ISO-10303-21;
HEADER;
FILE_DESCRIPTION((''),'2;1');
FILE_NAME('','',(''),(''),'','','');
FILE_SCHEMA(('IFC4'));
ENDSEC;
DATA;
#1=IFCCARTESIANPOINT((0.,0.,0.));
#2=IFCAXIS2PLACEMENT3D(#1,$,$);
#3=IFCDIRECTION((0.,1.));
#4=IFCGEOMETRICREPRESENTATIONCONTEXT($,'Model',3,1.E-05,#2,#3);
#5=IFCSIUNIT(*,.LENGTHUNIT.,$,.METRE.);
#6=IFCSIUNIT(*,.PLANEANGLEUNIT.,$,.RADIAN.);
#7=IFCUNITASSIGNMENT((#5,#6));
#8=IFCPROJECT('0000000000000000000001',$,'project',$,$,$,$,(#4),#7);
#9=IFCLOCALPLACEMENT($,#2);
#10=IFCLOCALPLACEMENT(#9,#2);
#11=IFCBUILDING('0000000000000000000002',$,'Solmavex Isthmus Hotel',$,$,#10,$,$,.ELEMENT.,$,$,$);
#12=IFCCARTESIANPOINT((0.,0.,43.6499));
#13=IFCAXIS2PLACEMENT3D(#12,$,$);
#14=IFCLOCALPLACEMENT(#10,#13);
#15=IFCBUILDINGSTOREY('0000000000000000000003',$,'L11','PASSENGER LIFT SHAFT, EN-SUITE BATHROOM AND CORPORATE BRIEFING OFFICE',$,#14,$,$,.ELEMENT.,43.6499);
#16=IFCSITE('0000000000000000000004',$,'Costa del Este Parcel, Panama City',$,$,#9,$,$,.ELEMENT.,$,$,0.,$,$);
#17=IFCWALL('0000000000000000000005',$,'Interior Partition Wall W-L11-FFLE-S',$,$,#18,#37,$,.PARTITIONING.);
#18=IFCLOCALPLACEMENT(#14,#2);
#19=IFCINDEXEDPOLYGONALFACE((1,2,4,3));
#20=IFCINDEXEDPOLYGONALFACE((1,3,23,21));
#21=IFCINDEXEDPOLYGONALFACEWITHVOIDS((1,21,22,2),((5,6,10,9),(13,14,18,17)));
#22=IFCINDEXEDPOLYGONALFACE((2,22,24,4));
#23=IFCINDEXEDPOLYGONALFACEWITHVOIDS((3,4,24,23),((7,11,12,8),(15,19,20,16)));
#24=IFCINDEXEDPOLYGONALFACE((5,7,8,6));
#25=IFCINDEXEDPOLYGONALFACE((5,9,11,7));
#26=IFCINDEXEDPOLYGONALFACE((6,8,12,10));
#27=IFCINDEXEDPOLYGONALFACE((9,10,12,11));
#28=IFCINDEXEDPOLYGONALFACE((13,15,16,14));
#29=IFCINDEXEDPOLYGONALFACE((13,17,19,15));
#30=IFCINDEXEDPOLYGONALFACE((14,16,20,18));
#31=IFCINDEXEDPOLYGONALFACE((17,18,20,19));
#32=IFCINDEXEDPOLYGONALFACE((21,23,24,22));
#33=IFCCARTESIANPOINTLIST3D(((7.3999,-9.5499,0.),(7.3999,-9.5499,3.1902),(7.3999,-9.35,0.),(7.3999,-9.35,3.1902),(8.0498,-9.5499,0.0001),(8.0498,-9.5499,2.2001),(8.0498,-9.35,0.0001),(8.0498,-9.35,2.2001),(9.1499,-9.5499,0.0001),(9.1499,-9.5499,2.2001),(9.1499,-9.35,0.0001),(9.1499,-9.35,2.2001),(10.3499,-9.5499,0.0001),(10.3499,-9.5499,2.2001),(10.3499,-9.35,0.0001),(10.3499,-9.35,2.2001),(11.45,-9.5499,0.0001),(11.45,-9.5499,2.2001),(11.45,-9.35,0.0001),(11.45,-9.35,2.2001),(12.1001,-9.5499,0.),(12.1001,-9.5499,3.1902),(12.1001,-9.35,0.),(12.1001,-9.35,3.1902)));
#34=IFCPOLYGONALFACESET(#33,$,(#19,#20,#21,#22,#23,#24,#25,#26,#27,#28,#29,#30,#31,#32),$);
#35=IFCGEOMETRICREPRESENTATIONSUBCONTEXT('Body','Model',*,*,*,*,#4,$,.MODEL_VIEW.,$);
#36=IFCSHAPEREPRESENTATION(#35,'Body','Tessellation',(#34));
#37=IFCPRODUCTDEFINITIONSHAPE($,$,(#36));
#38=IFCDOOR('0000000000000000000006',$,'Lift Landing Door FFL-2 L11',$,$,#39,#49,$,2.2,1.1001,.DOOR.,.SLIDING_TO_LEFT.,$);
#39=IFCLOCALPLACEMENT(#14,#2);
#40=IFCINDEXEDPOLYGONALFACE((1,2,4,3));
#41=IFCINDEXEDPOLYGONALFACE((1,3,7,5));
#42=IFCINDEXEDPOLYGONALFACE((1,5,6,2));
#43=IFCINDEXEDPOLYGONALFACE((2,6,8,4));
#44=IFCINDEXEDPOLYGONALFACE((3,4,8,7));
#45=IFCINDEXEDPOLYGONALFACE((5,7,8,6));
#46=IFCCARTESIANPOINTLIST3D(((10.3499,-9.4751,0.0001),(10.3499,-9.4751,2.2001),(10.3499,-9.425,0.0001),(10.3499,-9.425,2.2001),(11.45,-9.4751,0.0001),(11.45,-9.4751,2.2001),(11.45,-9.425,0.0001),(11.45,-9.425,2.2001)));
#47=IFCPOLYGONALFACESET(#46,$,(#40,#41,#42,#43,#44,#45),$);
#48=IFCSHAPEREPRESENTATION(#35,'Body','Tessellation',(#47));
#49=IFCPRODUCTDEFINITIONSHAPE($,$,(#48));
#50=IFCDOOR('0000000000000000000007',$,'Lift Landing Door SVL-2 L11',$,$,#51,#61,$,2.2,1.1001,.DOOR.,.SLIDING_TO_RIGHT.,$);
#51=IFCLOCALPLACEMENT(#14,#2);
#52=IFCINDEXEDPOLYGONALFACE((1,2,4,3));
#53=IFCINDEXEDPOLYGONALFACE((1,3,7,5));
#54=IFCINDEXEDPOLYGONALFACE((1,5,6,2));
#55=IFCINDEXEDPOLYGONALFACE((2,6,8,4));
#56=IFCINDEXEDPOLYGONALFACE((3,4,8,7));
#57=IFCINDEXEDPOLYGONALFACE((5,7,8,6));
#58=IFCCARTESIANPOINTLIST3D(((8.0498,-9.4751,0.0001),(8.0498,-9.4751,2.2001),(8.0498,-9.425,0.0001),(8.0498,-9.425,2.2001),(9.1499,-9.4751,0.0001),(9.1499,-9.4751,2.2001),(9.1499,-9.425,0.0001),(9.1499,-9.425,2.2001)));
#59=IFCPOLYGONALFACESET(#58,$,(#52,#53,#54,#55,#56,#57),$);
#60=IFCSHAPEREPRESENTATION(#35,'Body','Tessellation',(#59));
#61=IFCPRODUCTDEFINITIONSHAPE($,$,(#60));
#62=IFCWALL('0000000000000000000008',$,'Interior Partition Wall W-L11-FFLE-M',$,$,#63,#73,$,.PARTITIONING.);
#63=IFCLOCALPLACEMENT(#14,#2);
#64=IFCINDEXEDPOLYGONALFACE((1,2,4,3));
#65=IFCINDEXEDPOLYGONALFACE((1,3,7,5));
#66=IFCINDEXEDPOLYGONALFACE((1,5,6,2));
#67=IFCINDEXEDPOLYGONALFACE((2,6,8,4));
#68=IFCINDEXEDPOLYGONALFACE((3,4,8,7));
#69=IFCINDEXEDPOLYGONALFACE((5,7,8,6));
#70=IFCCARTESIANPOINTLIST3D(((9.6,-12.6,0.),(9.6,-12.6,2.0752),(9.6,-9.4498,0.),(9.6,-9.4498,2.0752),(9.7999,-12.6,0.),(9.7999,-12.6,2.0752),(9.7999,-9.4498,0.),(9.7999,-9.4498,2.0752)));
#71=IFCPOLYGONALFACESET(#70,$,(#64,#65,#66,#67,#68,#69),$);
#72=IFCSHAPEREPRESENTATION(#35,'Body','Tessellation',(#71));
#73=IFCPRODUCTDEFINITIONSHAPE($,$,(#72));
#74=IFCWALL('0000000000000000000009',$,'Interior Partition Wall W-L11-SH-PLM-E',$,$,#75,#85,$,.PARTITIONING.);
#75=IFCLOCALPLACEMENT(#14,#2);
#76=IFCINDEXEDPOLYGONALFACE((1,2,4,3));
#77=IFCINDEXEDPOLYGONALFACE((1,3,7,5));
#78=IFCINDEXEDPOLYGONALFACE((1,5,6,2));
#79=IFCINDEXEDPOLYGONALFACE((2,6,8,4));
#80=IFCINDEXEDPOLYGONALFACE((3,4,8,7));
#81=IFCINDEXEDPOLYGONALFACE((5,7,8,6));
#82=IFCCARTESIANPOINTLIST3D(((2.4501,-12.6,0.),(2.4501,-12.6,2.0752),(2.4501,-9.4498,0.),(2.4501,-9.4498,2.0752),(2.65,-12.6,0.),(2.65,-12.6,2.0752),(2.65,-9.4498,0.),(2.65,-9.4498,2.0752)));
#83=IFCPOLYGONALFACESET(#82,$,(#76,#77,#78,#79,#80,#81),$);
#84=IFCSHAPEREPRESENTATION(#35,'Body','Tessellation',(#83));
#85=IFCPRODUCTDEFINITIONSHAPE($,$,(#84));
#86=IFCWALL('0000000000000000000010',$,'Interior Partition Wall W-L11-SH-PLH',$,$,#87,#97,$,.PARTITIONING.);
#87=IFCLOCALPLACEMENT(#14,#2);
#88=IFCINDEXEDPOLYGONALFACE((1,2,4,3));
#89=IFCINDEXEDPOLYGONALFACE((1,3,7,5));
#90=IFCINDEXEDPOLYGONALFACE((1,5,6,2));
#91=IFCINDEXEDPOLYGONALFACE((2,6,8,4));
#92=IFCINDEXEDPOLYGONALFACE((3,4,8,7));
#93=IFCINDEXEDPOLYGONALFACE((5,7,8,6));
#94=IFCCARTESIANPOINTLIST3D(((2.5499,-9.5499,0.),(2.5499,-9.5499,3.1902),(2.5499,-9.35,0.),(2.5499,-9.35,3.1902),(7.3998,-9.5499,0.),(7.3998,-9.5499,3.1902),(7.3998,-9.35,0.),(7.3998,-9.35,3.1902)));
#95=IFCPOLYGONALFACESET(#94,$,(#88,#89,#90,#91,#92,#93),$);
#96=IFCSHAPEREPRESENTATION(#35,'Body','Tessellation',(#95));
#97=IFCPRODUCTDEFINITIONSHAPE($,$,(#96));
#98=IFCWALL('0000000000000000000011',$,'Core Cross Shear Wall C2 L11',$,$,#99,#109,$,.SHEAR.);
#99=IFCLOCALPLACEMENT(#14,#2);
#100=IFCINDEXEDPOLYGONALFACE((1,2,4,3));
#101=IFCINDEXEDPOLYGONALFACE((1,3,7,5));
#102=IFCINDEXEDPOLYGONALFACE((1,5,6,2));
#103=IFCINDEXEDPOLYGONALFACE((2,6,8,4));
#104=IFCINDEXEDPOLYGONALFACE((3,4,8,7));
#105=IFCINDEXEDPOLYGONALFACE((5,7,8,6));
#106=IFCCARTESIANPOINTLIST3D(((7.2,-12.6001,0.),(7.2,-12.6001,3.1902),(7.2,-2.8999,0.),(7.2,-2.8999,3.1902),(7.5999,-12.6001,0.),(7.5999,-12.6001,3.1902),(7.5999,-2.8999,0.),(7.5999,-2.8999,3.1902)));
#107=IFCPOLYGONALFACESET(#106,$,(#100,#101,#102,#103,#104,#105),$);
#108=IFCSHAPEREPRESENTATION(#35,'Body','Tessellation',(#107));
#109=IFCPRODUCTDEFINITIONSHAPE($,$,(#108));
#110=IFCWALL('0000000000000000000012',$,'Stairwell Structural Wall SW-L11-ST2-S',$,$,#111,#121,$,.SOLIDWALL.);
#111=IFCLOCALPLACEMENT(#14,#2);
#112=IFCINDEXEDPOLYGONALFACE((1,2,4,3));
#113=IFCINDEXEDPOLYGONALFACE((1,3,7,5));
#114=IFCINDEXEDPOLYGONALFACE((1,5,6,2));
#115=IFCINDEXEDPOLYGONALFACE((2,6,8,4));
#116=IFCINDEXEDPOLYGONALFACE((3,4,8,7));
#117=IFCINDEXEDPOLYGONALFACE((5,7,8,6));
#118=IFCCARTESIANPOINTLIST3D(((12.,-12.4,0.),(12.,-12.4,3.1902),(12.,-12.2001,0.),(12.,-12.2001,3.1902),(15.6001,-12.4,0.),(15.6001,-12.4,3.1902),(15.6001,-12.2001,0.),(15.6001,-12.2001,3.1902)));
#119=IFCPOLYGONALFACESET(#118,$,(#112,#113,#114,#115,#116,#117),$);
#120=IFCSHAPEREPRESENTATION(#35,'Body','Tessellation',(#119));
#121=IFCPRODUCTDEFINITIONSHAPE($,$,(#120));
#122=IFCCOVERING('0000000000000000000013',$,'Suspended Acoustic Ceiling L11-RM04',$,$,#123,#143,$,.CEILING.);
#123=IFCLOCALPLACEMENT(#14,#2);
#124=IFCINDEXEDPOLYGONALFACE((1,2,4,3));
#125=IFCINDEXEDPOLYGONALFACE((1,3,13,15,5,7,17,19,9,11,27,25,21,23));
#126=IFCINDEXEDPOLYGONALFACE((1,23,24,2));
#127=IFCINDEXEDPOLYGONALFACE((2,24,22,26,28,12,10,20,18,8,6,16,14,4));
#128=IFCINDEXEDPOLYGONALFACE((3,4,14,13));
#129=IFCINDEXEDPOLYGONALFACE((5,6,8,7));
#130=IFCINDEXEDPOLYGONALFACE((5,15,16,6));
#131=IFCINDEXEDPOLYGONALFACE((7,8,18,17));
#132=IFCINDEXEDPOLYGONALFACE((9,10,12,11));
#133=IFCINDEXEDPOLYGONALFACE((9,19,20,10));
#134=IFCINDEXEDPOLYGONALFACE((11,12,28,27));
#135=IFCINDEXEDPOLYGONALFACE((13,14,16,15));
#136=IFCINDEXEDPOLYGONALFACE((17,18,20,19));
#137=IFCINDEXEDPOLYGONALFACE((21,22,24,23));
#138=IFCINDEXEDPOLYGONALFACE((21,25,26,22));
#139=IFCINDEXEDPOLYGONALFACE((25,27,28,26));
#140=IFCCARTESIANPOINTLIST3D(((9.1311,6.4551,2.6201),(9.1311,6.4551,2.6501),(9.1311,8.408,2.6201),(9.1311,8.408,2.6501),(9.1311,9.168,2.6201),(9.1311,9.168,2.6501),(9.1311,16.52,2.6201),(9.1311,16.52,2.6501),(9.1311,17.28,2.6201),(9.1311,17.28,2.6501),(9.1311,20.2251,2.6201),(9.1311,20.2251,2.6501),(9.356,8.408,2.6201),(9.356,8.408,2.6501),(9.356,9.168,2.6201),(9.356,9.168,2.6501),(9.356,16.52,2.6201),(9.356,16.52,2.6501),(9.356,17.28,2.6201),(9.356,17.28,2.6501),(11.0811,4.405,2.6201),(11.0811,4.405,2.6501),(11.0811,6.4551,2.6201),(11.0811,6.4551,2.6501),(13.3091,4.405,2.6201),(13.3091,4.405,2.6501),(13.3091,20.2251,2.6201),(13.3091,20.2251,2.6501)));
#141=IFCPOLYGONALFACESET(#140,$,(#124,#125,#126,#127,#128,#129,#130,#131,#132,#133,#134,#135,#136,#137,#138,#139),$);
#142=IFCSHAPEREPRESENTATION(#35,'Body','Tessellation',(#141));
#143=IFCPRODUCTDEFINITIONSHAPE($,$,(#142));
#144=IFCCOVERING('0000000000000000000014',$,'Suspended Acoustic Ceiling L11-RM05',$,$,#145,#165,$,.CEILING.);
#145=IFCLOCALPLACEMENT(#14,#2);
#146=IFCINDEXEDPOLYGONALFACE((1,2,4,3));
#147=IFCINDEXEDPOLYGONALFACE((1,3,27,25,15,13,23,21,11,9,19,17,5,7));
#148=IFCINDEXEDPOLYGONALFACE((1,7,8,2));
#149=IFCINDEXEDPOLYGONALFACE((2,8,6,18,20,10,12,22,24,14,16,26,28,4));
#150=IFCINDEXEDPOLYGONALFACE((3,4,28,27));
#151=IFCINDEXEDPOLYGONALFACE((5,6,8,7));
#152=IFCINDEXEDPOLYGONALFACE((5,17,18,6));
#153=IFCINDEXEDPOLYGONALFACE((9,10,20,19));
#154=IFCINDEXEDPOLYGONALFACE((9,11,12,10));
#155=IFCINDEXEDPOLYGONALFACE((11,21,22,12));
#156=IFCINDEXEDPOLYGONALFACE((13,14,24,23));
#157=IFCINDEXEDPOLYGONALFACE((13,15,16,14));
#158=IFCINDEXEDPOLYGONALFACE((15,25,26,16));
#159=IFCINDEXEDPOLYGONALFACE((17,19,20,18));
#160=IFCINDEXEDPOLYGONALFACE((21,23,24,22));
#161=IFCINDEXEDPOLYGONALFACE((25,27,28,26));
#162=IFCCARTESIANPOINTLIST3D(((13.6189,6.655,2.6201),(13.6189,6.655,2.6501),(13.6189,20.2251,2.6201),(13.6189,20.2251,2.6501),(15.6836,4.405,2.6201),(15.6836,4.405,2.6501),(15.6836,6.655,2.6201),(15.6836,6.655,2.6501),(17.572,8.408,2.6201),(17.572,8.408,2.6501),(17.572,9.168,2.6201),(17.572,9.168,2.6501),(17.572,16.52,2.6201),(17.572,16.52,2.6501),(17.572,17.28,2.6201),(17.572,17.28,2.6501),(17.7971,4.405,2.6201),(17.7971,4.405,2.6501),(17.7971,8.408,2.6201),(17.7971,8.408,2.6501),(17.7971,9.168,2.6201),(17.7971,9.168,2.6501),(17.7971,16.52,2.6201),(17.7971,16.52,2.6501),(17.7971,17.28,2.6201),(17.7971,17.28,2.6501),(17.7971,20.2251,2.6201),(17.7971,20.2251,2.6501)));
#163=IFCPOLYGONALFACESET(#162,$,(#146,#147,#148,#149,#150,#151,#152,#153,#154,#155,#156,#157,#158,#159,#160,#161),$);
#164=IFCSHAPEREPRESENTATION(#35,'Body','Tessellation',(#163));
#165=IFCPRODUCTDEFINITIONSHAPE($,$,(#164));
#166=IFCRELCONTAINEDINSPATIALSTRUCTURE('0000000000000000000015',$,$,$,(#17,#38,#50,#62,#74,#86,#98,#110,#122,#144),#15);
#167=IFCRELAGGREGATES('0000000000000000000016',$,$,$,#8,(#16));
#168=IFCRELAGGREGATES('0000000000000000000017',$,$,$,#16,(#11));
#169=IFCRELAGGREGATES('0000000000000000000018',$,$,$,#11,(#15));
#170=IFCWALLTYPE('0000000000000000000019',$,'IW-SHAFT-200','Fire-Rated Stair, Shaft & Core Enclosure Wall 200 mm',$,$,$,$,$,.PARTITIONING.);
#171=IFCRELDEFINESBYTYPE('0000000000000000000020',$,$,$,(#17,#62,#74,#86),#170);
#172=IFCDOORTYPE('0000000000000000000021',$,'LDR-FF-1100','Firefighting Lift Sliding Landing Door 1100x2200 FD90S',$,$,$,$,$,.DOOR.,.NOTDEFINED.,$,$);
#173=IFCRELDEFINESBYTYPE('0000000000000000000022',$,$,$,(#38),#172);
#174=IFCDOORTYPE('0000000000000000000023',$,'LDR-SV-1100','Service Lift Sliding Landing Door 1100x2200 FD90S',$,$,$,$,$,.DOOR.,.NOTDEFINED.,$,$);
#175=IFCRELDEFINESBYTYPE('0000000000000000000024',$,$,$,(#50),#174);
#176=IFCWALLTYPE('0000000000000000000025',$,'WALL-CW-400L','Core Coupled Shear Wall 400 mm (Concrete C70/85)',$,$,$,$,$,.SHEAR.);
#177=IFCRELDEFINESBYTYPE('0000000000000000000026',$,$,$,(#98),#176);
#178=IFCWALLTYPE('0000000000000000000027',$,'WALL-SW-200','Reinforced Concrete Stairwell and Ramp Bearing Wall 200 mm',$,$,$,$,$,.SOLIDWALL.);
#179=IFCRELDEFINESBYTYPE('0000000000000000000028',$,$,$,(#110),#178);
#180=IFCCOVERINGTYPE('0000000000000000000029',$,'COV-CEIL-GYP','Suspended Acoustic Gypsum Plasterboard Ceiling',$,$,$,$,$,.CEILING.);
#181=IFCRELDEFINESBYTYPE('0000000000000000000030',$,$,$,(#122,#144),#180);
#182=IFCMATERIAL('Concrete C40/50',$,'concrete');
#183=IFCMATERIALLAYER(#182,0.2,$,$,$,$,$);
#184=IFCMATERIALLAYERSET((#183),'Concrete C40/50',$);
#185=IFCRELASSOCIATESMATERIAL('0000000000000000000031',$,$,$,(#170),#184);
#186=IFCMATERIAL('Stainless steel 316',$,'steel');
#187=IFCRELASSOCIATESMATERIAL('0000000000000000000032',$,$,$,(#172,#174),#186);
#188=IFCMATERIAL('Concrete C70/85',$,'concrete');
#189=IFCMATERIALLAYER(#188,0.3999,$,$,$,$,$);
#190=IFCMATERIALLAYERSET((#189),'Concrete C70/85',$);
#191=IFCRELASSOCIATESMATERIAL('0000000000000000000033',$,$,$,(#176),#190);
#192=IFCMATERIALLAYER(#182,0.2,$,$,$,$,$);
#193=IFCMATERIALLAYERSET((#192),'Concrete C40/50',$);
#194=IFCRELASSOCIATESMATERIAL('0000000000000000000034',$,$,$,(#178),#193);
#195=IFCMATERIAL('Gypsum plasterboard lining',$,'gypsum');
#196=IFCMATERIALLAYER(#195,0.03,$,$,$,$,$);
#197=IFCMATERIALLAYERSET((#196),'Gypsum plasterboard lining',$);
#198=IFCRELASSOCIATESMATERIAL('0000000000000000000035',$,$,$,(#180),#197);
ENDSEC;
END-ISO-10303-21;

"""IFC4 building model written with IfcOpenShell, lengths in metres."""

from ifc_helpers import new_model, si_unit, direction, frame, frame_2d, origin, place, context, subcontext, project, spatial, polyline, rectangle, outline, extrude, material, layer, layer_set, type_object, element, fill, save


model = new_model("IFC4")

# Units and contexts
model_context = context("Model", 3, precision=1e-05, world=origin(), true_north=direction((0.0, 1.0)))
body_context = subcontext(model_context, "Body", "Model", "MODEL_VIEW")
ifc_project = project(units=[si_unit("LENGTHUNIT", "METRE"), si_unit("PLANEANGLEUNIT", "RADIAN")], contexts=[model_context])

# Site, building, storey
site_placement = place(None, origin())
site = spatial("IfcSite", under=ifc_project, at=site_placement, Name="Costa del Este Parcel, Panama City", CompositionType="ELEMENT", RefElevation=0.0)
building_placement = place(site_placement, origin())
building = spatial("IfcBuilding", under=site, at=building_placement, Name="Solmavex Isthmus Hotel", CompositionType="ELEMENT")
storey_placement = place(building_placement, frame((0.0, 0.0, 43.6499)))
storey = spatial("IfcBuildingStorey", under=building, at=storey_placement, Name="L11", Description="PASSENGER LIFT SHAFT, EN-SUITE BATHROOM AND CORPORATE BRIEFING OFFICE", CompositionType="ELEMENT", Elevation=43.6499)

# Shared definitions
ifc_material_1 = material(Name="Concrete C70/85", Category="concrete")

# Shared definitions
ifc_material_2 = material(Name="Gypsum plasterboard lining", Category="gypsum")

# Shared definitions
ifc_material_3 = material(Name="Concrete C40/50", Category="concrete")

# Wall, openings, doors
ifc_layer_1 = layer(ifc_material_3, 0.2)
ifc_layer_set_1 = layer_set([ifc_layer_1], Name="Concrete C40/50")
wall_type_1 = type_object("IfcWallType", Name="IW-SHAFT-200", Description="Fire-Rated Stair, Shaft & Core Enclosure Wall 200 mm", PredefinedType="PARTITIONING", material=ifc_layer_set_1)
wall_1_placement = place(storey_placement, frame((7.3999, -9.45, 0.0), z_axis=(0.0, 0.0, 1.0), x_axis=(1.0, 0.0, 0.0)))
wall_1 = element("IfcWall", 1, at=wall_1_placement, inside=storey, type_object=wall_type_1, Name="Interior Partition Wall W-L11-FFLE-S", PredefinedType="PARTITIONING", context=body_context, shape_type="SweptSolid", body=[
    extrude(rectangle(XDim=4.7002, YDim=0.2, at=frame_2d((2.3501, 0.0))), origin(), (0.0, 0.0, 1.0), 3.1902),
])
opening_1_placement = place(wall_1_placement, frame((2.95, 0.0, 0.0)))
opening_1 = element("IfcOpeningElement", 2, at=opening_1_placement, cuts=wall_1, PredefinedType="OPENING", context=body_context, shape_type="SweptSolid", body=[
    extrude(rectangle(XDim=1.1001, YDim=2.2, at=frame_2d((0.55, 1.1001))), frame((0.0, 0.1099, 0.0), z_axis=(0.0, -1.0, 0.0), x_axis=(1.0, 0.0, 0.0)), (0.0, 0.0, 1.0), 0.22),
])
opening_2_placement = place(wall_1_placement, frame((0.6499, 0.0, 0.0)))
opening_2 = element("IfcOpeningElement", 3, at=opening_2_placement, cuts=wall_1, PredefinedType="OPENING", context=body_context, shape_type="SweptSolid", body=[
    extrude(rectangle(XDim=1.1001, YDim=2.2, at=frame_2d((0.55, 1.1001))), frame((0.0, 0.1099, 0.0), z_axis=(0.0, -1.0, 0.0), x_axis=(1.0, 0.0, 0.0)), (0.0, 0.0, 1.0), 0.22),
])
ifc_material_4 = material(Name="Stainless steel 316", Category="steel")
door_type_1 = type_object("IfcDoorType", Name="LDR-FF-1100", Description="Firefighting Lift Sliding Landing Door 1100x2200 FD90S", OperationType="NOTDEFINED", PredefinedType="DOOR", material=ifc_material_4)
door_1_placement = place(opening_1_placement, origin())
door_1 = element("IfcDoor", 4, at=door_1_placement, inside=storey, type_object=door_type_1, Name="Lift Landing Door FFL-2 L11", OperationType="SLIDING_TO_LEFT", OverallHeight=2.2, OverallWidth=1.1001, PredefinedType="DOOR", context=body_context, shape_type="SweptSolid", body=[
    extrude(rectangle(XDim=1.1001, YDim=2.2, at=frame_2d((0.55, 1.1001))), frame((0.0, 0.0249, 0.0), z_axis=(0.0, -1.0, 0.0), x_axis=(1.0, 0.0, 0.0)), (0.0, 0.0, 1.0), 0.05),
])
fill(opening_1, door_1)
door_type_2 = type_object("IfcDoorType", Name="LDR-SV-1100", Description="Service Lift Sliding Landing Door 1100x2200 FD90S", OperationType="NOTDEFINED", PredefinedType="DOOR", material=ifc_material_4)
door_2_placement = place(opening_2_placement, origin())
door_2 = element("IfcDoor", 5, at=door_2_placement, inside=storey, type_object=door_type_2, Name="Lift Landing Door SVL-2 L11", OperationType="SLIDING_TO_RIGHT", OverallHeight=2.2, OverallWidth=1.1001, PredefinedType="DOOR", context=body_context, shape_type="SweptSolid", body=[
    extrude(rectangle(XDim=1.1001, YDim=2.2, at=frame_2d((0.55, 1.1001))), frame((0.0, 0.0249, 0.0), z_axis=(0.0, -1.0, 0.0), x_axis=(1.0, 0.0, 0.0)), (0.0, 0.0, 1.0), 0.05),
])
fill(opening_2, door_2)

# Walls
for number, where, z_axis, x_axis, name in (
    (6, (9.7, -12.6001, 0.0), (0.0, 0.0, 1.0), (0.0, 1.0, 0.0), "Interior Partition Wall W-L11-FFLE-M"),
    (7, (2.55, -12.6001, 0.0), (0.0, 0.0, 1.0), (0.0, 1.0, 0.0), "Interior Partition Wall W-L11-SH-PLM-E"),
):
    element("IfcWall", number, at=place(storey_placement, frame(where, z_axis=z_axis, x_axis=x_axis)), inside=storey, type_object=wall_type_1, Name=name, PredefinedType="PARTITIONING", context=body_context, shape_type="SweptSolid", body=[
        extrude(rectangle(XDim=3.1501, YDim=0.2, at=frame_2d((1.5752, 0.0))), origin(), (0.0, 0.0, 1.0), 2.0752),
    ])
wall_2_placement = place(storey_placement, frame((2.55, -9.45, 0.0), z_axis=(0.0, 0.0, 1.0), x_axis=(1.0, 0.0, 0.0)))
element("IfcWall", 8, at=wall_2_placement, inside=storey, type_object=wall_type_1, Name="Interior Partition Wall W-L11-SH-PLH", PredefinedType="PARTITIONING", context=body_context, shape_type="SweptSolid", body=[
    extrude(rectangle(XDim=4.8499, YDim=0.2, at=frame_2d((2.4248, 0.0))), origin(), (0.0, 0.0, 1.0), 3.1902),
])
ifc_layer_2 = layer(ifc_material_1, 0.3999)
ifc_layer_set_2 = layer_set([ifc_layer_2], Name="Concrete C70/85")
wall_type_2 = type_object("IfcWallType", Name="WALL-CW-400L", Description="Core Coupled Shear Wall 400 mm (Concrete C70/85)", PredefinedType="SHEAR", material=ifc_layer_set_2)
wall_3_placement = place(storey_placement, frame((7.3999, -12.6001, 0.0), z_axis=(0.0, 0.0, 1.0), x_axis=(0.0, 1.0, 0.0)))
element("IfcWall", 9, at=wall_3_placement, inside=storey, type_object=wall_type_2, Name="Core Cross Shear Wall C2 L11", PredefinedType="SHEAR", context=body_context, shape_type="SweptSolid", body=[
    extrude(rectangle(XDim=9.7002, YDim=0.3999, at=frame_2d((4.8501, 0.0))), origin(), (0.0, 0.0, 1.0), 3.1902),
])
ifc_layer_3 = layer(ifc_material_3, 0.2)
ifc_layer_set_3 = layer_set([ifc_layer_3], Name="Concrete C40/50")
wall_type_3 = type_object("IfcWallType", Name="WALL-SW-200", Description="Reinforced Concrete Stairwell and Ramp Bearing Wall 200 mm", PredefinedType="SOLIDWALL", material=ifc_layer_set_3)
wall_4_placement = place(storey_placement, frame((12.0, -12.3, 0.0), z_axis=(0.0, 0.0, 1.0), x_axis=(1.0, 0.0, 0.0)))
element("IfcWall", 10, at=wall_4_placement, inside=storey, type_object=wall_type_3, Name="Stairwell Structural Wall SW-L11-ST2-S", PredefinedType="SOLIDWALL", context=body_context, shape_type="SweptSolid", body=[
    extrude(rectangle(XDim=3.6001, YDim=0.2, at=frame_2d((1.8, 0.0))), origin(), (0.0, 0.0, 1.0), 3.1902),
])

# Coverings
ifc_layer_4 = layer(ifc_material_2, 0.03)
ifc_layer_set_4 = layer_set([ifc_layer_4], Name="Gypsum plasterboard lining")
covering_type_1 = type_object("IfcCoveringType", Name="COV-CEIL-GYP", Description="Suspended Acoustic Gypsum Plasterboard Ceiling", PredefinedType="CEILING", material=ifc_layer_set_4)
covering_1_placement = place(storey_placement, frame((0.0, 0.0, 2.6201)))
element("IfcCovering", 11, at=covering_1_placement, inside=storey, type_object=covering_type_1, Name="Suspended Acoustic Ceiling L11-RM04", PredefinedType="CEILING", context=body_context, shape_type="SweptSolid", body=[
    extrude(outline(polyline([(9.1311, 9.168), (9.356, 9.168), (9.356, 8.408), (9.1311, 8.408), (9.1311, 6.4551), (11.0811, 6.4551), (11.0811, 4.405), (13.3091, 4.405), (13.3091, 20.2251), (9.1311, 20.2251), (9.1311, 17.28), (9.356, 17.28), (9.356, 16.52), (9.1311, 16.52), (9.1311, 9.168)])), origin(), (0.0, 0.0, 1.0), 0.03),
])
covering_2_placement = place(storey_placement, frame((0.0, 0.0, 2.6201)))
element("IfcCovering", 12, at=covering_2_placement, inside=storey, type_object=covering_type_1, Name="Suspended Acoustic Ceiling L11-RM05", PredefinedType="CEILING", context=body_context, shape_type="SweptSolid", body=[
    extrude(outline(polyline([(17.7971, 16.52), (17.572, 16.52), (17.572, 17.28), (17.7971, 17.28), (17.7971, 20.2251), (13.6189, 20.2251), (13.6189, 6.655), (15.6836, 6.655), (15.6836, 4.405), (17.7971, 4.405), (17.7971, 8.408), (17.572, 8.408), (17.572, 9.168), (17.7971, 9.168), (17.7971, 16.52)])), origin(), (0.0, 0.0, 1.0), 0.03),
])

save(model, "model.ifc")
